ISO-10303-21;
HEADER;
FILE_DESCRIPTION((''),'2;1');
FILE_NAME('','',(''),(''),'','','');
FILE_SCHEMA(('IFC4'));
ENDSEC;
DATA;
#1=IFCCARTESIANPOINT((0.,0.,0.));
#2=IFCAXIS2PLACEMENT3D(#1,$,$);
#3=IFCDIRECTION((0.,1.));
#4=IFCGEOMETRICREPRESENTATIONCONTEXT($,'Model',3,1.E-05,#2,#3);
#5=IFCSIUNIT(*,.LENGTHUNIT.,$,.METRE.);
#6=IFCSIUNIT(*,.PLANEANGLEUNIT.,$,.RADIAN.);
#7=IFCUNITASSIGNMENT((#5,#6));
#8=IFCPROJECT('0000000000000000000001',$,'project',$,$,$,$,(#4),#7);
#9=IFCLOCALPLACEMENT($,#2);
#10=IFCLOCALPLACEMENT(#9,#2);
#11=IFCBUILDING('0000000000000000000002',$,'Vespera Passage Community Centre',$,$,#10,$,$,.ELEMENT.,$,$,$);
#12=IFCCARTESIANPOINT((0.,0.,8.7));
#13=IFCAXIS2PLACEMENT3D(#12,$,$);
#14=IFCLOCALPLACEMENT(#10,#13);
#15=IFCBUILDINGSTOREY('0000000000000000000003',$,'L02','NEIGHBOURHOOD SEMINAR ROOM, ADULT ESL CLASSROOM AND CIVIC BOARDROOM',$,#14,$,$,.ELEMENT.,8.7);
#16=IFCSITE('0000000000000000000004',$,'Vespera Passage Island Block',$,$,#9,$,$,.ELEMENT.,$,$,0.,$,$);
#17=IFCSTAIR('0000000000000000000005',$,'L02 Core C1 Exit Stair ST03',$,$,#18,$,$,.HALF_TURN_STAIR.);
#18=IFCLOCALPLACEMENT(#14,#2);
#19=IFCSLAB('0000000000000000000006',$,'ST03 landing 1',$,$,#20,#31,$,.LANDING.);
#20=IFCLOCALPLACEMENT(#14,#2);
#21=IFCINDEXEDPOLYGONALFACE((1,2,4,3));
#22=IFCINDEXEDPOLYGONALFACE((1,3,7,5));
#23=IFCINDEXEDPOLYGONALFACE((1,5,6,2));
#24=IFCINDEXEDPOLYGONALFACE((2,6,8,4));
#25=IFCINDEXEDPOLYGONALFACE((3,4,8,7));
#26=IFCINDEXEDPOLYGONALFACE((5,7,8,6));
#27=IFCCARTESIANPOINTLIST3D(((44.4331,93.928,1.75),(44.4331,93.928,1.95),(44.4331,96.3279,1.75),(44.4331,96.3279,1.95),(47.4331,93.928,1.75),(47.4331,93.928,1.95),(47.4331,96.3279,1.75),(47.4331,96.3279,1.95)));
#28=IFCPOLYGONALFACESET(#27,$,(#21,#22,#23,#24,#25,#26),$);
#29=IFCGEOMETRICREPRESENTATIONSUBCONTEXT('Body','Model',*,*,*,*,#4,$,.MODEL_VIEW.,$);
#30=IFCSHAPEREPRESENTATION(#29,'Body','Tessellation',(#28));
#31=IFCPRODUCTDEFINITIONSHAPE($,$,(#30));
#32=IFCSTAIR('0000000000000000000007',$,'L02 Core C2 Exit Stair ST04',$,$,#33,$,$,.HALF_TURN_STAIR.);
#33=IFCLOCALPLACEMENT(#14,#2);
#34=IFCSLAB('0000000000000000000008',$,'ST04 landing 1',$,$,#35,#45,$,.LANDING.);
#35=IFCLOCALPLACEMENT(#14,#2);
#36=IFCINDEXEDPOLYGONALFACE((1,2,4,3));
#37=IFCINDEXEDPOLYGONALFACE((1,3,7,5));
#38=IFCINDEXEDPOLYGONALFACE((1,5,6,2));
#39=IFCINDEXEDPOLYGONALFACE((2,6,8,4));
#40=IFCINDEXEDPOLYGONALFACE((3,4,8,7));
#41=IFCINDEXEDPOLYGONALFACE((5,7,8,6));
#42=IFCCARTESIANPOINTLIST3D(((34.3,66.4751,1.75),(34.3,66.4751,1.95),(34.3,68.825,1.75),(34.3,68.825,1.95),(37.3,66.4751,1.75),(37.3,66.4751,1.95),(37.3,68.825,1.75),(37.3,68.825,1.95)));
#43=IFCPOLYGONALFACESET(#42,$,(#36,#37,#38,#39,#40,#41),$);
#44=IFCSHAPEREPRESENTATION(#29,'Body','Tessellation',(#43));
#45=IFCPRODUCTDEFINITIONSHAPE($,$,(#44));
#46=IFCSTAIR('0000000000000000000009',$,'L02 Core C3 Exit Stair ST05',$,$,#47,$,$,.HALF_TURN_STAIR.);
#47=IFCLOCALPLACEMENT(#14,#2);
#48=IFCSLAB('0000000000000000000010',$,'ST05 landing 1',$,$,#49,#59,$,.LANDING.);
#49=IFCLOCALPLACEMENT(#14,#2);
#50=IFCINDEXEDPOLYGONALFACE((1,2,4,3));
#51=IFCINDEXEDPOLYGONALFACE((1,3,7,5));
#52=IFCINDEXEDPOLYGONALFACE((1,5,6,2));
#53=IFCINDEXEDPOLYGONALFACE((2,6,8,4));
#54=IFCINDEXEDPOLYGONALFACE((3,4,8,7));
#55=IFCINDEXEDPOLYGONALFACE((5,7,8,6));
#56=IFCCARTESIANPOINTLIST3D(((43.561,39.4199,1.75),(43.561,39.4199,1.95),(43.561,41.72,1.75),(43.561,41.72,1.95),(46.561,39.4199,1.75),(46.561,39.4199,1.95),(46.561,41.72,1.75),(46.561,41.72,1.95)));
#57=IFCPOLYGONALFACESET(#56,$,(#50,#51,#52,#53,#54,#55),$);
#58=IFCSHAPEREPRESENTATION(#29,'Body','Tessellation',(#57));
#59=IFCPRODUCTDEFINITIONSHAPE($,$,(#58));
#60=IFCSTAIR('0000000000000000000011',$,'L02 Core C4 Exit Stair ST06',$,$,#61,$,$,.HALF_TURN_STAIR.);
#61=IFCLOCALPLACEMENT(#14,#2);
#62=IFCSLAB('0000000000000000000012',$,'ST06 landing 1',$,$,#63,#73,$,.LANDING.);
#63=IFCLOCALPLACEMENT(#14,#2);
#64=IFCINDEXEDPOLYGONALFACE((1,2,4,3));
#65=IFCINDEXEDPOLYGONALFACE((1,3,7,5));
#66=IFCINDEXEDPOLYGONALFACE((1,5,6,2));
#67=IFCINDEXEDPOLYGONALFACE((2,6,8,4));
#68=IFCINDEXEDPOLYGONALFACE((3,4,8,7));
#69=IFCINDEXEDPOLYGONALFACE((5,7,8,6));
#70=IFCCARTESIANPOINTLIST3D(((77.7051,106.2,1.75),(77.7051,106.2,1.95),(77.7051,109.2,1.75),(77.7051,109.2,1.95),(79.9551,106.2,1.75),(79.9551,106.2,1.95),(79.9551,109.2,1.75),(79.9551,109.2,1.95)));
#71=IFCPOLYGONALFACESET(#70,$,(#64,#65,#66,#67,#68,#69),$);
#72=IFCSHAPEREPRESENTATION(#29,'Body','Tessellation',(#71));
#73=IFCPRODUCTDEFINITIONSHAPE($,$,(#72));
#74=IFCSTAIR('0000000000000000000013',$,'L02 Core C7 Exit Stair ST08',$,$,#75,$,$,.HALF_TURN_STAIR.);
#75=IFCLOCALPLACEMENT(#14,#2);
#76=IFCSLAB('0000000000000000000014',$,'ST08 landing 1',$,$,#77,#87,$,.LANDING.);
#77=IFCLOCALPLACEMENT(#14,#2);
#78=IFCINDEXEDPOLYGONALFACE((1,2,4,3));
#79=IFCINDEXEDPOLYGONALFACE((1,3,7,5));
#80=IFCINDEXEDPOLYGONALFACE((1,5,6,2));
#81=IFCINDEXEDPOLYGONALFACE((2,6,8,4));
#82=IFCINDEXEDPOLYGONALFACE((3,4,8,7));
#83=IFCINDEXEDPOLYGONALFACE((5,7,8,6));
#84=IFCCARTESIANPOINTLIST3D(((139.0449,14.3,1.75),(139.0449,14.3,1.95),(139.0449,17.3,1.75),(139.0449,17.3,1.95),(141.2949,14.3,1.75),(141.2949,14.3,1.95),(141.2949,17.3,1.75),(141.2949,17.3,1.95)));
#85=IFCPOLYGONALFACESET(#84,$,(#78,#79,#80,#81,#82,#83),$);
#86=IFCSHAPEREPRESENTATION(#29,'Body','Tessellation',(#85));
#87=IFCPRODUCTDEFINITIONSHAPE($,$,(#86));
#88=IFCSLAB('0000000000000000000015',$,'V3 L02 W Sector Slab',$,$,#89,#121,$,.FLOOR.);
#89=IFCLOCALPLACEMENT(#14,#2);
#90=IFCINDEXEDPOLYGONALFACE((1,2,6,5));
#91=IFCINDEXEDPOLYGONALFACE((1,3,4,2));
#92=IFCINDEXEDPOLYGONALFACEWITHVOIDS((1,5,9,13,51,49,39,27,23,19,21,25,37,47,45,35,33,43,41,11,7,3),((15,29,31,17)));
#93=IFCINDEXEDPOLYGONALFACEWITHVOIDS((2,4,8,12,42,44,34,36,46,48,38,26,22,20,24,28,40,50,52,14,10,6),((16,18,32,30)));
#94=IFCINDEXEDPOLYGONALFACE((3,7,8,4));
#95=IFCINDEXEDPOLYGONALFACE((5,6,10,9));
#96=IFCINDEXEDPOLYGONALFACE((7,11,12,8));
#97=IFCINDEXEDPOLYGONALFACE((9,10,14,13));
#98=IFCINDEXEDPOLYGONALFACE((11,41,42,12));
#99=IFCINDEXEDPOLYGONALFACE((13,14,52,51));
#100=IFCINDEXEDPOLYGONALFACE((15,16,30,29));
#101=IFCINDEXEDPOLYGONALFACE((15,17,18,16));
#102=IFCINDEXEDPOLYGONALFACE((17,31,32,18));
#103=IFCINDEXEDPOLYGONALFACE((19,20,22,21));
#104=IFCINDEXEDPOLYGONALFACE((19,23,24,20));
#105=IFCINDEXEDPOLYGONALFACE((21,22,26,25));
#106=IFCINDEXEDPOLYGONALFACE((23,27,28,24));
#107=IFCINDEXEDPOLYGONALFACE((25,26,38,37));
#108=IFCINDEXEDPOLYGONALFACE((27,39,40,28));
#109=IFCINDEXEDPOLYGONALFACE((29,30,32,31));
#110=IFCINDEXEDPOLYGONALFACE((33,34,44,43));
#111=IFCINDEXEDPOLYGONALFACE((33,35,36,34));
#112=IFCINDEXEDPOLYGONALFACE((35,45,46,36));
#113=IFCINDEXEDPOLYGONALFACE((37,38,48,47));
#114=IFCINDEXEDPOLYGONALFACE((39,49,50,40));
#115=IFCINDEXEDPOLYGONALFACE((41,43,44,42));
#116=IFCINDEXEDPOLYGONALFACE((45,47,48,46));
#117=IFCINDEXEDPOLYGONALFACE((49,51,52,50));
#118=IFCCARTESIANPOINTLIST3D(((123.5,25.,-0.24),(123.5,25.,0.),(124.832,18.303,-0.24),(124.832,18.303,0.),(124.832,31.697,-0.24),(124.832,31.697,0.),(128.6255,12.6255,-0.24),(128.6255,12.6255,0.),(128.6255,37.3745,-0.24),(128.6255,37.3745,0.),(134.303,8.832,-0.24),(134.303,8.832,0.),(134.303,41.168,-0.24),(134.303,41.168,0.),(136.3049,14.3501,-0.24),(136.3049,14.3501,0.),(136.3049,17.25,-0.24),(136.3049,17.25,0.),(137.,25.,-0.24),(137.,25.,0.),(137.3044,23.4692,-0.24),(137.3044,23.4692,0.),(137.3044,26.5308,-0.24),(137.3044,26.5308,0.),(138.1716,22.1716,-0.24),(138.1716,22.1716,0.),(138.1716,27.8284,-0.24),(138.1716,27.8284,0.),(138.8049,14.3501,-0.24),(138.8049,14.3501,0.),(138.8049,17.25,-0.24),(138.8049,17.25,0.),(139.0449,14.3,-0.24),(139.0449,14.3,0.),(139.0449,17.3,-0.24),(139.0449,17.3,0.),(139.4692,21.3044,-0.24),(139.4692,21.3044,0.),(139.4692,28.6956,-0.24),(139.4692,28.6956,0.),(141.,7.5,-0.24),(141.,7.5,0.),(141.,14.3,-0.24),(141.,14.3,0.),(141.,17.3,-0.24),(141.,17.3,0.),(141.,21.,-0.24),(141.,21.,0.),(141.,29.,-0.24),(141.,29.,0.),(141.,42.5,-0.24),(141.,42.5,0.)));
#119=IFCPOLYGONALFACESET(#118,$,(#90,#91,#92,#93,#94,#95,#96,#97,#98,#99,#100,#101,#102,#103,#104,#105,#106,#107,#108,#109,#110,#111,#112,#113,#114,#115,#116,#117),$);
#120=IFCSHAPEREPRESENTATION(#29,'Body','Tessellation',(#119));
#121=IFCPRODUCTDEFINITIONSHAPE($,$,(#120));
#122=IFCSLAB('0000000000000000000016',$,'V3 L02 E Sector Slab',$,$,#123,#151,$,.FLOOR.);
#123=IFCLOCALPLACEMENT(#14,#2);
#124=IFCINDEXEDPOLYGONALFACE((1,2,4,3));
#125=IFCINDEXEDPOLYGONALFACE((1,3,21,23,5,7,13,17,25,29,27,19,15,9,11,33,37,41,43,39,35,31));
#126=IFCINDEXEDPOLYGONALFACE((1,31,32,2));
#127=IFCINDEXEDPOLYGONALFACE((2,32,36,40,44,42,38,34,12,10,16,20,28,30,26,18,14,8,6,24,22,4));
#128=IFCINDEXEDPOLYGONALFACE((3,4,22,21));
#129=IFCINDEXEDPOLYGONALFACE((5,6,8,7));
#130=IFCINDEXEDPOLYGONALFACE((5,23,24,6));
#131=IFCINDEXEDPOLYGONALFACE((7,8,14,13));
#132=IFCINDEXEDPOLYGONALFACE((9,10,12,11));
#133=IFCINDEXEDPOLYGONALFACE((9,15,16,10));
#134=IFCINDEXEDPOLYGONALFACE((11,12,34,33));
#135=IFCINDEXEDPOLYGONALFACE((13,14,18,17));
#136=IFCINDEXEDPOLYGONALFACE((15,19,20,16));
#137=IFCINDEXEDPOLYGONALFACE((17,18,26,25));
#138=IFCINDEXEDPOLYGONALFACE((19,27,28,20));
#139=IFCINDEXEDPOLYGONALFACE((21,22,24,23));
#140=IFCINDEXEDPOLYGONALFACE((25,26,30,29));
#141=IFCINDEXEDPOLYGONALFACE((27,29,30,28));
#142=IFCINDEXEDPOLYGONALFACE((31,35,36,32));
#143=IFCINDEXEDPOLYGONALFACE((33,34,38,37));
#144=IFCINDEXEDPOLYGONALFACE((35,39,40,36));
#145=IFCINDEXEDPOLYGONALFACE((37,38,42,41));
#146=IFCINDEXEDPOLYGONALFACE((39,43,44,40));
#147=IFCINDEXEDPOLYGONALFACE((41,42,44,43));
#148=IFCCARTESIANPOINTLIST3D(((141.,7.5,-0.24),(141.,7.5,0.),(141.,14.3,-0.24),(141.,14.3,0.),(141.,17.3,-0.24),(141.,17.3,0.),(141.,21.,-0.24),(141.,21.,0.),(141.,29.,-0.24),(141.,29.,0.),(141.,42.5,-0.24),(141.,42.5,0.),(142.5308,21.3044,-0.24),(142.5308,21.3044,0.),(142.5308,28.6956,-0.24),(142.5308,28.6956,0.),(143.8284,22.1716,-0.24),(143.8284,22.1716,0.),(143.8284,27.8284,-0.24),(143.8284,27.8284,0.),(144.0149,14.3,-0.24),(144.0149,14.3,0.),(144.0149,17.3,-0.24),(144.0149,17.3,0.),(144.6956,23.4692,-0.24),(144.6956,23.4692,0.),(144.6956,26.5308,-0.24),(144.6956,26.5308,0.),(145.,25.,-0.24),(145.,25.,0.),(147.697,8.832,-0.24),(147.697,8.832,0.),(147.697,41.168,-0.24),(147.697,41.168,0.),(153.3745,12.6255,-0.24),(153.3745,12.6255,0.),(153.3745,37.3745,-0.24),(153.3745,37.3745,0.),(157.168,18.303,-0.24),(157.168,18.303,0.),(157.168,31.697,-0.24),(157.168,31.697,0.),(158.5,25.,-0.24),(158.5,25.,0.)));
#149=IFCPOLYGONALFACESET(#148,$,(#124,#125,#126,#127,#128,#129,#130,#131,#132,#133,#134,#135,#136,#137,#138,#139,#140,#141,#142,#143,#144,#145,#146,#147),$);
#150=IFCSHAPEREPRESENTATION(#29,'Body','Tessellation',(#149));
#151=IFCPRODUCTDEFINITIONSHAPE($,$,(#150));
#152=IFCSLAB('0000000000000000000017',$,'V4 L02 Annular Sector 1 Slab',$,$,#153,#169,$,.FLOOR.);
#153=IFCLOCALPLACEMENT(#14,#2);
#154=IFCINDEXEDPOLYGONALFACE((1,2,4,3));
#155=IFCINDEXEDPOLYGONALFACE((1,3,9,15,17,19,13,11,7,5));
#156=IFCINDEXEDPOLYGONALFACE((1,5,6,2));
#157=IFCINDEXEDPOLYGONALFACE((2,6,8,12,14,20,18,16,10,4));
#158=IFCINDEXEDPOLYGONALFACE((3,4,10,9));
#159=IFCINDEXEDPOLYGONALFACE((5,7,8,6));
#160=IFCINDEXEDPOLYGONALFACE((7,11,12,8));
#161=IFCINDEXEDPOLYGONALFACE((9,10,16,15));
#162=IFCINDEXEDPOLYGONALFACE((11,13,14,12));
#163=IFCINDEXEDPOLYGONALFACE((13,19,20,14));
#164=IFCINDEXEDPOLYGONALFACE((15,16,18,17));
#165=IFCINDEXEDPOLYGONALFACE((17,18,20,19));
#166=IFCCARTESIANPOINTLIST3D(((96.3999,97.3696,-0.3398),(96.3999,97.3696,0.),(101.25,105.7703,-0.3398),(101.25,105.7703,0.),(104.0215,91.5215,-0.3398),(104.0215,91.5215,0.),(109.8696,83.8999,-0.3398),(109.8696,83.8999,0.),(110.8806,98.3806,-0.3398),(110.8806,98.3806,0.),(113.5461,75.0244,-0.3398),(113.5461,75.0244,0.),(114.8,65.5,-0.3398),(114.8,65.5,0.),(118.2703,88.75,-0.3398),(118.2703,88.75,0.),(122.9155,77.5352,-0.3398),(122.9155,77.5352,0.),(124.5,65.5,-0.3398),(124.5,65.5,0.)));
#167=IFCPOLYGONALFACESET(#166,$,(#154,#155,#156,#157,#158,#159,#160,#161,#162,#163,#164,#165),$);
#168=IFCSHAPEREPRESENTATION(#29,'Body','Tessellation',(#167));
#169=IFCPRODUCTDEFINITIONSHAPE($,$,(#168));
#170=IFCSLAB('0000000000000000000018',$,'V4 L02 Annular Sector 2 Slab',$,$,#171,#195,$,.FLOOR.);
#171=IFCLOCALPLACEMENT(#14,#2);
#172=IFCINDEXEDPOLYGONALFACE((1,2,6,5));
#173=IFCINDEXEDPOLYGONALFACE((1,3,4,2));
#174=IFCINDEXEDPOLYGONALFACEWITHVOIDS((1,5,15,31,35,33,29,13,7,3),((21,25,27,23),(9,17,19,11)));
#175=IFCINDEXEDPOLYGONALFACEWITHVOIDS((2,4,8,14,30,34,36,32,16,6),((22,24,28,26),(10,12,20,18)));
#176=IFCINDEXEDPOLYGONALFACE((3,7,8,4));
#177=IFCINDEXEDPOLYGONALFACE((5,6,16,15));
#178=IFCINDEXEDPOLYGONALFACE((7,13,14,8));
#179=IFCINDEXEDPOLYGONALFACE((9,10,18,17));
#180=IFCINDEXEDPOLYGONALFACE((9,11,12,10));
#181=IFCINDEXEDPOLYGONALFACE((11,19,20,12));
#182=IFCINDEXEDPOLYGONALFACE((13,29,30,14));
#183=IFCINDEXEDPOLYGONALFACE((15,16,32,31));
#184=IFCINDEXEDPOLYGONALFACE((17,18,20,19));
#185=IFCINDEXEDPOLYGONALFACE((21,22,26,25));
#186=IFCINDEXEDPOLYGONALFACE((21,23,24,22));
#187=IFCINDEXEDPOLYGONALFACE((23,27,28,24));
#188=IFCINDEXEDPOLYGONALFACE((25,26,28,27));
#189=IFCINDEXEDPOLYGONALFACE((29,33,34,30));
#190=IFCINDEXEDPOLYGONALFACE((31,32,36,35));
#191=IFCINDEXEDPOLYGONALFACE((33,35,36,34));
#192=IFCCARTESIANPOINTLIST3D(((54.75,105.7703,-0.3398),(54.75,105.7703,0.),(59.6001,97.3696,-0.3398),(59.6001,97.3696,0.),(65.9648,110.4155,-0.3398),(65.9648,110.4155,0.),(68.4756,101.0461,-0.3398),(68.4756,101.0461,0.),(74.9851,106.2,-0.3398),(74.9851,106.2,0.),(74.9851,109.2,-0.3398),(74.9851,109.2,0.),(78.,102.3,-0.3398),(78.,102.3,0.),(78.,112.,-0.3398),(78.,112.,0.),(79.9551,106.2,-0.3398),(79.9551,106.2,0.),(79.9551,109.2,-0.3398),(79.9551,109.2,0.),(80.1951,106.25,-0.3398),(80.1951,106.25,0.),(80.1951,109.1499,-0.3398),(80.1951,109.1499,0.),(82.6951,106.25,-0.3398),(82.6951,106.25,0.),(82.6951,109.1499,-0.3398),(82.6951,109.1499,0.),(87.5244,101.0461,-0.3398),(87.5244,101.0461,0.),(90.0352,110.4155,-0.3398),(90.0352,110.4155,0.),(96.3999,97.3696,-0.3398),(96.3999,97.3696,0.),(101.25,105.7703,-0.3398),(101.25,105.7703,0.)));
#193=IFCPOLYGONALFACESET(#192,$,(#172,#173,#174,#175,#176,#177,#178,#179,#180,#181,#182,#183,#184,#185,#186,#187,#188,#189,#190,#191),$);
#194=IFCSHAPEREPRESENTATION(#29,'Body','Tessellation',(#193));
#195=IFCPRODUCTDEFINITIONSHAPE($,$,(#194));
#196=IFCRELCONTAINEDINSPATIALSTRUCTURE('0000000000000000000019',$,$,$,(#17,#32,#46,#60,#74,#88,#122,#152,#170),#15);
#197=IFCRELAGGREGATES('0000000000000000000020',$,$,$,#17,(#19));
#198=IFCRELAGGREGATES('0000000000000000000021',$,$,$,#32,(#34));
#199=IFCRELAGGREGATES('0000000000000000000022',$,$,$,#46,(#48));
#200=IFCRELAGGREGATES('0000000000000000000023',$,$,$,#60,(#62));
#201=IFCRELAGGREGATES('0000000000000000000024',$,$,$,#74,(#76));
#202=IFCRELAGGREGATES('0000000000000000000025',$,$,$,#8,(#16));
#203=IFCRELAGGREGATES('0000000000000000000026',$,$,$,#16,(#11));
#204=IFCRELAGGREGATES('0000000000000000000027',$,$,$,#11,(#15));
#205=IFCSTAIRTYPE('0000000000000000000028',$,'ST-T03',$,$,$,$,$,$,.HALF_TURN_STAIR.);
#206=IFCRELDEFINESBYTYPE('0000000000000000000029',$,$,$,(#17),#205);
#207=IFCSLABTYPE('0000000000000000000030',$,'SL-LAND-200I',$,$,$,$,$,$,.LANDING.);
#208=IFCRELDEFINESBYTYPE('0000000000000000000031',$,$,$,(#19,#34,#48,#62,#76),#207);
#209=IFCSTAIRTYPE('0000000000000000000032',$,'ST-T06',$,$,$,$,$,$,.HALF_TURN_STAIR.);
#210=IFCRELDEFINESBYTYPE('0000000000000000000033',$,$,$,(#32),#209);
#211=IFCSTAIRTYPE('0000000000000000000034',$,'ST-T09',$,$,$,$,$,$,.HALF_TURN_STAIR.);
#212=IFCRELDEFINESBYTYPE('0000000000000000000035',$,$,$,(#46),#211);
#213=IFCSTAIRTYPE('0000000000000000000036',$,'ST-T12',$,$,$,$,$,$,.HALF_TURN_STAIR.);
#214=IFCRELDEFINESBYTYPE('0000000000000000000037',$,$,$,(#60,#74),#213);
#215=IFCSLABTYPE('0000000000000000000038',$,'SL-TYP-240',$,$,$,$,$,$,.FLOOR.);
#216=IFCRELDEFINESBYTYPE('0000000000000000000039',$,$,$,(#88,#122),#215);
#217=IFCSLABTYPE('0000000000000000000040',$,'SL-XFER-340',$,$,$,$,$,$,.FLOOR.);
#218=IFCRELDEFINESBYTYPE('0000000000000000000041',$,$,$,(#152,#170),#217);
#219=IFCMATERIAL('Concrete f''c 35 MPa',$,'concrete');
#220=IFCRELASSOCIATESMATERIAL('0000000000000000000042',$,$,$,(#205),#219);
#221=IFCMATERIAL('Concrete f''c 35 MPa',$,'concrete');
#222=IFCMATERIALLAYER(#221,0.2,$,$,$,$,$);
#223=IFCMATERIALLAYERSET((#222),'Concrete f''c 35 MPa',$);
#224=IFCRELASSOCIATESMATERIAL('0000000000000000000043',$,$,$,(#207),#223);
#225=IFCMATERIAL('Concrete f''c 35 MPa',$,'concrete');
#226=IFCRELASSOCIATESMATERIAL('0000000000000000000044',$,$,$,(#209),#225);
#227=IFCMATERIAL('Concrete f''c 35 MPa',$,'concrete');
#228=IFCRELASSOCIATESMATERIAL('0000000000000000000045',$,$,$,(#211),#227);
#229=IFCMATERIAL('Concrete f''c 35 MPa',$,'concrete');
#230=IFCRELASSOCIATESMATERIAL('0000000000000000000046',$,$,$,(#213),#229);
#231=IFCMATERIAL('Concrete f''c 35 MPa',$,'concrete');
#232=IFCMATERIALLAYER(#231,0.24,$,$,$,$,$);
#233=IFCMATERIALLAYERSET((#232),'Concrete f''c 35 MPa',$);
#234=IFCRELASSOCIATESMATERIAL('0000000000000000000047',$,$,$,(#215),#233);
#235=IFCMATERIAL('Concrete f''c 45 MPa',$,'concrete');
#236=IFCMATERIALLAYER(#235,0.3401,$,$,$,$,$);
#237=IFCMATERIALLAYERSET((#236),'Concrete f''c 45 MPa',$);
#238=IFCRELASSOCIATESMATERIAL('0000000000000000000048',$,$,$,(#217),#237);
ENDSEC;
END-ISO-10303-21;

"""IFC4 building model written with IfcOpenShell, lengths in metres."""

from ifc_helpers import new_model, si_unit, direction, frame, origin, place, context, subcontext, project, spatial, polyline, outline, extrude, material, layer, layer_set, type_object, element, aggregate, save


model = new_model("IFC4")

# Units and contexts
model_context = context("Model", 3, precision=1e-05, world=origin(), true_north=direction((0.0, 1.0)))
body_context = subcontext(model_context, "Body", "Model", "MODEL_VIEW")
ifc_project = project(units=[si_unit("LENGTHUNIT", "METRE"), si_unit("PLANEANGLEUNIT", "RADIAN")], contexts=[model_context])

# Site, building, storey
site_placement = place(None, origin())
site = spatial("IfcSite", under=ifc_project, at=site_placement, Name="Vespera Passage Island Block", CompositionType="ELEMENT", RefElevation=0.0)
building_placement = place(site_placement, origin())
building = spatial("IfcBuilding", under=site, at=building_placement, Name="Vespera Passage Community Centre", CompositionType="ELEMENT")
storey_placement = place(building_placement, frame((0.0, 0.0, 8.7)))
storey = spatial("IfcBuildingStorey", under=building, at=storey_placement, Name="L02", Description="NEIGHBOURHOOD SEMINAR ROOM, ADULT ESL CLASSROOM AND CIVIC BOARDROOM", CompositionType="ELEMENT", Elevation=8.7)

# Stairs, slabs
ifc_material_1 = material(Name="Concrete f'c 35 MPa", Category="concrete")
stair_type_1 = type_object("IfcStairType", Name="ST-T03", PredefinedType="HALF_TURN_STAIR", material=ifc_material_1)
stair_1_placement = place(storey_placement, origin())
stair_1 = element("IfcStair", 1, at=stair_1_placement, inside=storey, type_object=stair_type_1, Name="L02 Core C1 Exit Stair ST03", PredefinedType="HALF_TURN_STAIR")
ifc_material_2 = material(Name="Concrete f'c 35 MPa", Category="concrete")
ifc_layer_1 = layer(ifc_material_2, 0.2)
ifc_layer_set_1 = layer_set([ifc_layer_1], Name="Concrete f'c 35 MPa")
slab_type_1 = type_object("IfcSlabType", Name="SL-LAND-200I", PredefinedType="LANDING", material=ifc_layer_set_1)
slab_1_placement = place(storey_placement, frame((0.0, 0.0, 1.75)))
slab_1 = element("IfcSlab", 2, at=slab_1_placement, type_object=slab_type_1, Name="ST03 landing 1", PredefinedType="LANDING", context=body_context, shape_type="SweptSolid", body=[
    extrude(outline(polyline([(47.4331, 93.928), (47.4331, 96.3279), (44.4331, 96.3279), (44.4331, 93.928), (47.4331, 93.928)])), origin(), (0.0, 0.0, 1.0), 0.2),
])
aggregate(stair_1, [slab_1])
ifc_material_3 = material(Name="Concrete f'c 35 MPa", Category="concrete")
stair_type_2 = type_object("IfcStairType", Name="ST-T06", PredefinedType="HALF_TURN_STAIR", material=ifc_material_3)
stair_2_placement = place(storey_placement, origin())
stair_2 = element("IfcStair", 3, at=stair_2_placement, inside=storey, type_object=stair_type_2, Name="L02 Core C2 Exit Stair ST04", PredefinedType="HALF_TURN_STAIR")
slab_2_placement = place(storey_placement, frame((0.0, 0.0, 1.75)))
slab_2 = element("IfcSlab", 4, at=slab_2_placement, type_object=slab_type_1, Name="ST04 landing 1", PredefinedType="LANDING", context=body_context, shape_type="SweptSolid", body=[
    extrude(outline(polyline([(37.3, 66.4751), (37.3, 68.825), (34.3, 68.825), (34.3, 66.4751), (37.3, 66.4751)])), origin(), (0.0, 0.0, 1.0), 0.2),
])
aggregate(stair_2, [slab_2])
ifc_material_4 = material(Name="Concrete f'c 35 MPa", Category="concrete")
stair_type_3 = type_object("IfcStairType", Name="ST-T09", PredefinedType="HALF_TURN_STAIR", material=ifc_material_4)
stair_3_placement = place(storey_placement, origin())
stair_3 = element("IfcStair", 5, at=stair_3_placement, inside=storey, type_object=stair_type_3, Name="L02 Core C3 Exit Stair ST05", PredefinedType="HALF_TURN_STAIR")
slab_3_placement = place(storey_placement, frame((0.0, 0.0, 1.75)))
slab_3 = element("IfcSlab", 6, at=slab_3_placement, type_object=slab_type_1, Name="ST05 landing 1", PredefinedType="LANDING", context=body_context, shape_type="SweptSolid", body=[
    extrude(outline(polyline([(46.561, 39.4199), (46.561, 41.72), (43.561, 41.72), (43.561, 39.4199), (46.561, 39.4199)])), origin(), (0.0, 0.0, 1.0), 0.2),
])
aggregate(stair_3, [slab_3])
ifc_material_5 = material(Name="Concrete f'c 35 MPa", Category="concrete")
stair_type_4 = type_object("IfcStairType", Name="ST-T12", PredefinedType="HALF_TURN_STAIR", material=ifc_material_5)
stair_4_placement = place(storey_placement, origin())
stair_4 = element("IfcStair", 7, at=stair_4_placement, inside=storey, type_object=stair_type_4, Name="L02 Core C4 Exit Stair ST06", PredefinedType="HALF_TURN_STAIR")
slab_4_placement = place(storey_placement, frame((0.0, 0.0, 1.75)))
slab_4 = element("IfcSlab", 8, at=slab_4_placement, type_object=slab_type_1, Name="ST06 landing 1", PredefinedType="LANDING", context=body_context, shape_type="SweptSolid", body=[
    extrude(outline(polyline([(77.7051, 106.2), (79.9551, 106.2), (79.9551, 109.2), (77.7051, 109.2), (77.7051, 106.2)])), origin(), (0.0, 0.0, 1.0), 0.2),
])
aggregate(stair_4, [slab_4])
stair_5_placement = place(storey_placement, origin())
stair_5 = element("IfcStair", 9, at=stair_5_placement, inside=storey, type_object=stair_type_4, Name="L02 Core C7 Exit Stair ST08", PredefinedType="HALF_TURN_STAIR")
slab_5_placement = place(storey_placement, frame((0.0, 0.0, 1.75)))
slab_5 = element("IfcSlab", 10, at=slab_5_placement, type_object=slab_type_1, Name="ST08 landing 1", PredefinedType="LANDING", context=body_context, shape_type="SweptSolid", body=[
    extrude(outline(polyline([(141.2949, 17.3), (139.0449, 17.3), (139.0449, 14.3), (141.2949, 14.3), (141.2949, 17.3)])), origin(), (0.0, 0.0, 1.0), 0.2),
])
aggregate(stair_5, [slab_5])

# Slabs
ifc_material_6 = material(Name="Concrete f'c 35 MPa", Category="concrete")
ifc_layer_2 = layer(ifc_material_6, 0.24)
ifc_layer_set_2 = layer_set([ifc_layer_2], Name="Concrete f'c 35 MPa")
slab_type_2 = type_object("IfcSlabType", Name="SL-TYP-240", PredefinedType="FLOOR", material=ifc_layer_set_2)
slab_6_placement = place(storey_placement, frame((0.0, 0.0, -0.24)))
element("IfcSlab", 11, at=slab_6_placement, inside=storey, type_object=slab_type_2, Name="V3 L02 W Sector Slab", PredefinedType="FLOOR", context=body_context, shape_type="SweptSolid", body=[
    extrude(outline(polyline([(124.832, 18.303), (123.5, 25.0), (124.832, 31.697), (128.6255, 37.3745), (134.303, 41.168), (141.0, 42.5), (141.0, 29.0), (139.4692, 28.6956), (138.1716, 27.8284), (137.3044, 26.5308), (137.0, 25.0), (137.3044, 23.4692), (138.1716, 22.1716), (139.4692, 21.3044), (141.0, 21.0), (141.0, 17.3), (139.0449, 17.3), (139.0449, 14.3), (141.0, 14.3), (141.0, 7.5), (134.303, 8.832), (128.6255, 12.6255), (124.832, 18.303)]), holes=[polyline([(136.3049, 17.25), (136.3049, 14.3501), (138.8049, 14.3501), (138.8049, 17.25), (136.3049, 17.25)])]), origin(), (0.0, 0.0, 1.0), 0.24),
])
slab_7_placement = place(storey_placement, frame((0.0, 0.0, -0.24)))
element("IfcSlab", 12, at=slab_7_placement, inside=storey, type_object=slab_type_2, Name="V3 L02 E Sector Slab", PredefinedType="FLOOR", context=body_context, shape_type="SweptSolid", body=[
    extrude(outline(polyline([(147.697, 8.832), (141.0, 7.5), (141.0, 14.3), (144.0149, 14.3), (144.0149, 17.3), (141.0, 17.3), (141.0, 21.0), (142.5308, 21.3044), (143.8284, 22.1716), (144.6956, 23.4692), (145.0, 25.0), (144.6956, 26.5308), (143.8284, 27.8284), (142.5308, 28.6956), (141.0, 29.0), (141.0, 42.5), (147.697, 41.168), (153.3745, 37.3745), (157.168, 31.697), (158.5, 25.0), (157.168, 18.303), (153.3745, 12.6255), (147.697, 8.832)])), origin(), (0.0, 0.0, 1.0), 0.24),
])
ifc_material_7 = material(Name="Concrete f'c 45 MPa", Category="concrete")
ifc_layer_3 = layer(ifc_material_7, 0.3401)
ifc_layer_set_3 = layer_set([ifc_layer_3], Name="Concrete f'c 45 MPa")
slab_type_3 = type_object("IfcSlabType", Name="SL-XFER-340", PredefinedType="FLOOR", material=ifc_layer_set_3)
slab_8_placement = place(storey_placement, frame((0.0, 0.0, -0.3398)))
element("IfcSlab", 13, at=slab_8_placement, inside=storey, type_object=slab_type_3, Name="V4 L02 Annular Sector 1 Slab", PredefinedType="FLOOR", context=body_context, shape_type="SweptSolid", body=[
    extrude(outline(polyline([(124.5, 65.5), (122.9155, 77.5352), (118.2703, 88.75), (110.8806, 98.3806), (101.25, 105.7703), (96.3999, 97.3696), (104.0215, 91.5215), (109.8696, 83.8999), (113.5461, 75.0244), (114.8, 65.5), (124.5, 65.5)])), origin(), (0.0, 0.0, 1.0), 0.3398),
])
slab_9_placement = place(storey_placement, frame((0.0, 0.0, -0.3398)))
element("IfcSlab", 14, at=slab_9_placement, inside=storey, type_object=slab_type_3, Name="V4 L02 Annular Sector 2 Slab", PredefinedType="FLOOR", context=body_context, shape_type="SweptSolid", body=[
    extrude(outline(polyline([(87.5244, 101.0461), (78.0, 102.3), (68.4756, 101.0461), (59.6001, 97.3696), (54.75, 105.7703), (65.9648, 110.4155), (78.0, 112.0), (90.0352, 110.4155), (101.25, 105.7703), (96.3999, 97.3696), (87.5244, 101.0461)]), holes=[polyline([(79.9551, 109.2), (74.9851, 109.2), (74.9851, 106.2), (79.9551, 106.2), (79.9551, 109.2)]), polyline([(82.6951, 106.25), (82.6951, 109.1499), (80.1951, 109.1499), (80.1951, 106.25), (82.6951, 106.25)])]), origin(), (0.0, 0.0, 1.0), 0.3398),
])

save(model, "model.ifc")
